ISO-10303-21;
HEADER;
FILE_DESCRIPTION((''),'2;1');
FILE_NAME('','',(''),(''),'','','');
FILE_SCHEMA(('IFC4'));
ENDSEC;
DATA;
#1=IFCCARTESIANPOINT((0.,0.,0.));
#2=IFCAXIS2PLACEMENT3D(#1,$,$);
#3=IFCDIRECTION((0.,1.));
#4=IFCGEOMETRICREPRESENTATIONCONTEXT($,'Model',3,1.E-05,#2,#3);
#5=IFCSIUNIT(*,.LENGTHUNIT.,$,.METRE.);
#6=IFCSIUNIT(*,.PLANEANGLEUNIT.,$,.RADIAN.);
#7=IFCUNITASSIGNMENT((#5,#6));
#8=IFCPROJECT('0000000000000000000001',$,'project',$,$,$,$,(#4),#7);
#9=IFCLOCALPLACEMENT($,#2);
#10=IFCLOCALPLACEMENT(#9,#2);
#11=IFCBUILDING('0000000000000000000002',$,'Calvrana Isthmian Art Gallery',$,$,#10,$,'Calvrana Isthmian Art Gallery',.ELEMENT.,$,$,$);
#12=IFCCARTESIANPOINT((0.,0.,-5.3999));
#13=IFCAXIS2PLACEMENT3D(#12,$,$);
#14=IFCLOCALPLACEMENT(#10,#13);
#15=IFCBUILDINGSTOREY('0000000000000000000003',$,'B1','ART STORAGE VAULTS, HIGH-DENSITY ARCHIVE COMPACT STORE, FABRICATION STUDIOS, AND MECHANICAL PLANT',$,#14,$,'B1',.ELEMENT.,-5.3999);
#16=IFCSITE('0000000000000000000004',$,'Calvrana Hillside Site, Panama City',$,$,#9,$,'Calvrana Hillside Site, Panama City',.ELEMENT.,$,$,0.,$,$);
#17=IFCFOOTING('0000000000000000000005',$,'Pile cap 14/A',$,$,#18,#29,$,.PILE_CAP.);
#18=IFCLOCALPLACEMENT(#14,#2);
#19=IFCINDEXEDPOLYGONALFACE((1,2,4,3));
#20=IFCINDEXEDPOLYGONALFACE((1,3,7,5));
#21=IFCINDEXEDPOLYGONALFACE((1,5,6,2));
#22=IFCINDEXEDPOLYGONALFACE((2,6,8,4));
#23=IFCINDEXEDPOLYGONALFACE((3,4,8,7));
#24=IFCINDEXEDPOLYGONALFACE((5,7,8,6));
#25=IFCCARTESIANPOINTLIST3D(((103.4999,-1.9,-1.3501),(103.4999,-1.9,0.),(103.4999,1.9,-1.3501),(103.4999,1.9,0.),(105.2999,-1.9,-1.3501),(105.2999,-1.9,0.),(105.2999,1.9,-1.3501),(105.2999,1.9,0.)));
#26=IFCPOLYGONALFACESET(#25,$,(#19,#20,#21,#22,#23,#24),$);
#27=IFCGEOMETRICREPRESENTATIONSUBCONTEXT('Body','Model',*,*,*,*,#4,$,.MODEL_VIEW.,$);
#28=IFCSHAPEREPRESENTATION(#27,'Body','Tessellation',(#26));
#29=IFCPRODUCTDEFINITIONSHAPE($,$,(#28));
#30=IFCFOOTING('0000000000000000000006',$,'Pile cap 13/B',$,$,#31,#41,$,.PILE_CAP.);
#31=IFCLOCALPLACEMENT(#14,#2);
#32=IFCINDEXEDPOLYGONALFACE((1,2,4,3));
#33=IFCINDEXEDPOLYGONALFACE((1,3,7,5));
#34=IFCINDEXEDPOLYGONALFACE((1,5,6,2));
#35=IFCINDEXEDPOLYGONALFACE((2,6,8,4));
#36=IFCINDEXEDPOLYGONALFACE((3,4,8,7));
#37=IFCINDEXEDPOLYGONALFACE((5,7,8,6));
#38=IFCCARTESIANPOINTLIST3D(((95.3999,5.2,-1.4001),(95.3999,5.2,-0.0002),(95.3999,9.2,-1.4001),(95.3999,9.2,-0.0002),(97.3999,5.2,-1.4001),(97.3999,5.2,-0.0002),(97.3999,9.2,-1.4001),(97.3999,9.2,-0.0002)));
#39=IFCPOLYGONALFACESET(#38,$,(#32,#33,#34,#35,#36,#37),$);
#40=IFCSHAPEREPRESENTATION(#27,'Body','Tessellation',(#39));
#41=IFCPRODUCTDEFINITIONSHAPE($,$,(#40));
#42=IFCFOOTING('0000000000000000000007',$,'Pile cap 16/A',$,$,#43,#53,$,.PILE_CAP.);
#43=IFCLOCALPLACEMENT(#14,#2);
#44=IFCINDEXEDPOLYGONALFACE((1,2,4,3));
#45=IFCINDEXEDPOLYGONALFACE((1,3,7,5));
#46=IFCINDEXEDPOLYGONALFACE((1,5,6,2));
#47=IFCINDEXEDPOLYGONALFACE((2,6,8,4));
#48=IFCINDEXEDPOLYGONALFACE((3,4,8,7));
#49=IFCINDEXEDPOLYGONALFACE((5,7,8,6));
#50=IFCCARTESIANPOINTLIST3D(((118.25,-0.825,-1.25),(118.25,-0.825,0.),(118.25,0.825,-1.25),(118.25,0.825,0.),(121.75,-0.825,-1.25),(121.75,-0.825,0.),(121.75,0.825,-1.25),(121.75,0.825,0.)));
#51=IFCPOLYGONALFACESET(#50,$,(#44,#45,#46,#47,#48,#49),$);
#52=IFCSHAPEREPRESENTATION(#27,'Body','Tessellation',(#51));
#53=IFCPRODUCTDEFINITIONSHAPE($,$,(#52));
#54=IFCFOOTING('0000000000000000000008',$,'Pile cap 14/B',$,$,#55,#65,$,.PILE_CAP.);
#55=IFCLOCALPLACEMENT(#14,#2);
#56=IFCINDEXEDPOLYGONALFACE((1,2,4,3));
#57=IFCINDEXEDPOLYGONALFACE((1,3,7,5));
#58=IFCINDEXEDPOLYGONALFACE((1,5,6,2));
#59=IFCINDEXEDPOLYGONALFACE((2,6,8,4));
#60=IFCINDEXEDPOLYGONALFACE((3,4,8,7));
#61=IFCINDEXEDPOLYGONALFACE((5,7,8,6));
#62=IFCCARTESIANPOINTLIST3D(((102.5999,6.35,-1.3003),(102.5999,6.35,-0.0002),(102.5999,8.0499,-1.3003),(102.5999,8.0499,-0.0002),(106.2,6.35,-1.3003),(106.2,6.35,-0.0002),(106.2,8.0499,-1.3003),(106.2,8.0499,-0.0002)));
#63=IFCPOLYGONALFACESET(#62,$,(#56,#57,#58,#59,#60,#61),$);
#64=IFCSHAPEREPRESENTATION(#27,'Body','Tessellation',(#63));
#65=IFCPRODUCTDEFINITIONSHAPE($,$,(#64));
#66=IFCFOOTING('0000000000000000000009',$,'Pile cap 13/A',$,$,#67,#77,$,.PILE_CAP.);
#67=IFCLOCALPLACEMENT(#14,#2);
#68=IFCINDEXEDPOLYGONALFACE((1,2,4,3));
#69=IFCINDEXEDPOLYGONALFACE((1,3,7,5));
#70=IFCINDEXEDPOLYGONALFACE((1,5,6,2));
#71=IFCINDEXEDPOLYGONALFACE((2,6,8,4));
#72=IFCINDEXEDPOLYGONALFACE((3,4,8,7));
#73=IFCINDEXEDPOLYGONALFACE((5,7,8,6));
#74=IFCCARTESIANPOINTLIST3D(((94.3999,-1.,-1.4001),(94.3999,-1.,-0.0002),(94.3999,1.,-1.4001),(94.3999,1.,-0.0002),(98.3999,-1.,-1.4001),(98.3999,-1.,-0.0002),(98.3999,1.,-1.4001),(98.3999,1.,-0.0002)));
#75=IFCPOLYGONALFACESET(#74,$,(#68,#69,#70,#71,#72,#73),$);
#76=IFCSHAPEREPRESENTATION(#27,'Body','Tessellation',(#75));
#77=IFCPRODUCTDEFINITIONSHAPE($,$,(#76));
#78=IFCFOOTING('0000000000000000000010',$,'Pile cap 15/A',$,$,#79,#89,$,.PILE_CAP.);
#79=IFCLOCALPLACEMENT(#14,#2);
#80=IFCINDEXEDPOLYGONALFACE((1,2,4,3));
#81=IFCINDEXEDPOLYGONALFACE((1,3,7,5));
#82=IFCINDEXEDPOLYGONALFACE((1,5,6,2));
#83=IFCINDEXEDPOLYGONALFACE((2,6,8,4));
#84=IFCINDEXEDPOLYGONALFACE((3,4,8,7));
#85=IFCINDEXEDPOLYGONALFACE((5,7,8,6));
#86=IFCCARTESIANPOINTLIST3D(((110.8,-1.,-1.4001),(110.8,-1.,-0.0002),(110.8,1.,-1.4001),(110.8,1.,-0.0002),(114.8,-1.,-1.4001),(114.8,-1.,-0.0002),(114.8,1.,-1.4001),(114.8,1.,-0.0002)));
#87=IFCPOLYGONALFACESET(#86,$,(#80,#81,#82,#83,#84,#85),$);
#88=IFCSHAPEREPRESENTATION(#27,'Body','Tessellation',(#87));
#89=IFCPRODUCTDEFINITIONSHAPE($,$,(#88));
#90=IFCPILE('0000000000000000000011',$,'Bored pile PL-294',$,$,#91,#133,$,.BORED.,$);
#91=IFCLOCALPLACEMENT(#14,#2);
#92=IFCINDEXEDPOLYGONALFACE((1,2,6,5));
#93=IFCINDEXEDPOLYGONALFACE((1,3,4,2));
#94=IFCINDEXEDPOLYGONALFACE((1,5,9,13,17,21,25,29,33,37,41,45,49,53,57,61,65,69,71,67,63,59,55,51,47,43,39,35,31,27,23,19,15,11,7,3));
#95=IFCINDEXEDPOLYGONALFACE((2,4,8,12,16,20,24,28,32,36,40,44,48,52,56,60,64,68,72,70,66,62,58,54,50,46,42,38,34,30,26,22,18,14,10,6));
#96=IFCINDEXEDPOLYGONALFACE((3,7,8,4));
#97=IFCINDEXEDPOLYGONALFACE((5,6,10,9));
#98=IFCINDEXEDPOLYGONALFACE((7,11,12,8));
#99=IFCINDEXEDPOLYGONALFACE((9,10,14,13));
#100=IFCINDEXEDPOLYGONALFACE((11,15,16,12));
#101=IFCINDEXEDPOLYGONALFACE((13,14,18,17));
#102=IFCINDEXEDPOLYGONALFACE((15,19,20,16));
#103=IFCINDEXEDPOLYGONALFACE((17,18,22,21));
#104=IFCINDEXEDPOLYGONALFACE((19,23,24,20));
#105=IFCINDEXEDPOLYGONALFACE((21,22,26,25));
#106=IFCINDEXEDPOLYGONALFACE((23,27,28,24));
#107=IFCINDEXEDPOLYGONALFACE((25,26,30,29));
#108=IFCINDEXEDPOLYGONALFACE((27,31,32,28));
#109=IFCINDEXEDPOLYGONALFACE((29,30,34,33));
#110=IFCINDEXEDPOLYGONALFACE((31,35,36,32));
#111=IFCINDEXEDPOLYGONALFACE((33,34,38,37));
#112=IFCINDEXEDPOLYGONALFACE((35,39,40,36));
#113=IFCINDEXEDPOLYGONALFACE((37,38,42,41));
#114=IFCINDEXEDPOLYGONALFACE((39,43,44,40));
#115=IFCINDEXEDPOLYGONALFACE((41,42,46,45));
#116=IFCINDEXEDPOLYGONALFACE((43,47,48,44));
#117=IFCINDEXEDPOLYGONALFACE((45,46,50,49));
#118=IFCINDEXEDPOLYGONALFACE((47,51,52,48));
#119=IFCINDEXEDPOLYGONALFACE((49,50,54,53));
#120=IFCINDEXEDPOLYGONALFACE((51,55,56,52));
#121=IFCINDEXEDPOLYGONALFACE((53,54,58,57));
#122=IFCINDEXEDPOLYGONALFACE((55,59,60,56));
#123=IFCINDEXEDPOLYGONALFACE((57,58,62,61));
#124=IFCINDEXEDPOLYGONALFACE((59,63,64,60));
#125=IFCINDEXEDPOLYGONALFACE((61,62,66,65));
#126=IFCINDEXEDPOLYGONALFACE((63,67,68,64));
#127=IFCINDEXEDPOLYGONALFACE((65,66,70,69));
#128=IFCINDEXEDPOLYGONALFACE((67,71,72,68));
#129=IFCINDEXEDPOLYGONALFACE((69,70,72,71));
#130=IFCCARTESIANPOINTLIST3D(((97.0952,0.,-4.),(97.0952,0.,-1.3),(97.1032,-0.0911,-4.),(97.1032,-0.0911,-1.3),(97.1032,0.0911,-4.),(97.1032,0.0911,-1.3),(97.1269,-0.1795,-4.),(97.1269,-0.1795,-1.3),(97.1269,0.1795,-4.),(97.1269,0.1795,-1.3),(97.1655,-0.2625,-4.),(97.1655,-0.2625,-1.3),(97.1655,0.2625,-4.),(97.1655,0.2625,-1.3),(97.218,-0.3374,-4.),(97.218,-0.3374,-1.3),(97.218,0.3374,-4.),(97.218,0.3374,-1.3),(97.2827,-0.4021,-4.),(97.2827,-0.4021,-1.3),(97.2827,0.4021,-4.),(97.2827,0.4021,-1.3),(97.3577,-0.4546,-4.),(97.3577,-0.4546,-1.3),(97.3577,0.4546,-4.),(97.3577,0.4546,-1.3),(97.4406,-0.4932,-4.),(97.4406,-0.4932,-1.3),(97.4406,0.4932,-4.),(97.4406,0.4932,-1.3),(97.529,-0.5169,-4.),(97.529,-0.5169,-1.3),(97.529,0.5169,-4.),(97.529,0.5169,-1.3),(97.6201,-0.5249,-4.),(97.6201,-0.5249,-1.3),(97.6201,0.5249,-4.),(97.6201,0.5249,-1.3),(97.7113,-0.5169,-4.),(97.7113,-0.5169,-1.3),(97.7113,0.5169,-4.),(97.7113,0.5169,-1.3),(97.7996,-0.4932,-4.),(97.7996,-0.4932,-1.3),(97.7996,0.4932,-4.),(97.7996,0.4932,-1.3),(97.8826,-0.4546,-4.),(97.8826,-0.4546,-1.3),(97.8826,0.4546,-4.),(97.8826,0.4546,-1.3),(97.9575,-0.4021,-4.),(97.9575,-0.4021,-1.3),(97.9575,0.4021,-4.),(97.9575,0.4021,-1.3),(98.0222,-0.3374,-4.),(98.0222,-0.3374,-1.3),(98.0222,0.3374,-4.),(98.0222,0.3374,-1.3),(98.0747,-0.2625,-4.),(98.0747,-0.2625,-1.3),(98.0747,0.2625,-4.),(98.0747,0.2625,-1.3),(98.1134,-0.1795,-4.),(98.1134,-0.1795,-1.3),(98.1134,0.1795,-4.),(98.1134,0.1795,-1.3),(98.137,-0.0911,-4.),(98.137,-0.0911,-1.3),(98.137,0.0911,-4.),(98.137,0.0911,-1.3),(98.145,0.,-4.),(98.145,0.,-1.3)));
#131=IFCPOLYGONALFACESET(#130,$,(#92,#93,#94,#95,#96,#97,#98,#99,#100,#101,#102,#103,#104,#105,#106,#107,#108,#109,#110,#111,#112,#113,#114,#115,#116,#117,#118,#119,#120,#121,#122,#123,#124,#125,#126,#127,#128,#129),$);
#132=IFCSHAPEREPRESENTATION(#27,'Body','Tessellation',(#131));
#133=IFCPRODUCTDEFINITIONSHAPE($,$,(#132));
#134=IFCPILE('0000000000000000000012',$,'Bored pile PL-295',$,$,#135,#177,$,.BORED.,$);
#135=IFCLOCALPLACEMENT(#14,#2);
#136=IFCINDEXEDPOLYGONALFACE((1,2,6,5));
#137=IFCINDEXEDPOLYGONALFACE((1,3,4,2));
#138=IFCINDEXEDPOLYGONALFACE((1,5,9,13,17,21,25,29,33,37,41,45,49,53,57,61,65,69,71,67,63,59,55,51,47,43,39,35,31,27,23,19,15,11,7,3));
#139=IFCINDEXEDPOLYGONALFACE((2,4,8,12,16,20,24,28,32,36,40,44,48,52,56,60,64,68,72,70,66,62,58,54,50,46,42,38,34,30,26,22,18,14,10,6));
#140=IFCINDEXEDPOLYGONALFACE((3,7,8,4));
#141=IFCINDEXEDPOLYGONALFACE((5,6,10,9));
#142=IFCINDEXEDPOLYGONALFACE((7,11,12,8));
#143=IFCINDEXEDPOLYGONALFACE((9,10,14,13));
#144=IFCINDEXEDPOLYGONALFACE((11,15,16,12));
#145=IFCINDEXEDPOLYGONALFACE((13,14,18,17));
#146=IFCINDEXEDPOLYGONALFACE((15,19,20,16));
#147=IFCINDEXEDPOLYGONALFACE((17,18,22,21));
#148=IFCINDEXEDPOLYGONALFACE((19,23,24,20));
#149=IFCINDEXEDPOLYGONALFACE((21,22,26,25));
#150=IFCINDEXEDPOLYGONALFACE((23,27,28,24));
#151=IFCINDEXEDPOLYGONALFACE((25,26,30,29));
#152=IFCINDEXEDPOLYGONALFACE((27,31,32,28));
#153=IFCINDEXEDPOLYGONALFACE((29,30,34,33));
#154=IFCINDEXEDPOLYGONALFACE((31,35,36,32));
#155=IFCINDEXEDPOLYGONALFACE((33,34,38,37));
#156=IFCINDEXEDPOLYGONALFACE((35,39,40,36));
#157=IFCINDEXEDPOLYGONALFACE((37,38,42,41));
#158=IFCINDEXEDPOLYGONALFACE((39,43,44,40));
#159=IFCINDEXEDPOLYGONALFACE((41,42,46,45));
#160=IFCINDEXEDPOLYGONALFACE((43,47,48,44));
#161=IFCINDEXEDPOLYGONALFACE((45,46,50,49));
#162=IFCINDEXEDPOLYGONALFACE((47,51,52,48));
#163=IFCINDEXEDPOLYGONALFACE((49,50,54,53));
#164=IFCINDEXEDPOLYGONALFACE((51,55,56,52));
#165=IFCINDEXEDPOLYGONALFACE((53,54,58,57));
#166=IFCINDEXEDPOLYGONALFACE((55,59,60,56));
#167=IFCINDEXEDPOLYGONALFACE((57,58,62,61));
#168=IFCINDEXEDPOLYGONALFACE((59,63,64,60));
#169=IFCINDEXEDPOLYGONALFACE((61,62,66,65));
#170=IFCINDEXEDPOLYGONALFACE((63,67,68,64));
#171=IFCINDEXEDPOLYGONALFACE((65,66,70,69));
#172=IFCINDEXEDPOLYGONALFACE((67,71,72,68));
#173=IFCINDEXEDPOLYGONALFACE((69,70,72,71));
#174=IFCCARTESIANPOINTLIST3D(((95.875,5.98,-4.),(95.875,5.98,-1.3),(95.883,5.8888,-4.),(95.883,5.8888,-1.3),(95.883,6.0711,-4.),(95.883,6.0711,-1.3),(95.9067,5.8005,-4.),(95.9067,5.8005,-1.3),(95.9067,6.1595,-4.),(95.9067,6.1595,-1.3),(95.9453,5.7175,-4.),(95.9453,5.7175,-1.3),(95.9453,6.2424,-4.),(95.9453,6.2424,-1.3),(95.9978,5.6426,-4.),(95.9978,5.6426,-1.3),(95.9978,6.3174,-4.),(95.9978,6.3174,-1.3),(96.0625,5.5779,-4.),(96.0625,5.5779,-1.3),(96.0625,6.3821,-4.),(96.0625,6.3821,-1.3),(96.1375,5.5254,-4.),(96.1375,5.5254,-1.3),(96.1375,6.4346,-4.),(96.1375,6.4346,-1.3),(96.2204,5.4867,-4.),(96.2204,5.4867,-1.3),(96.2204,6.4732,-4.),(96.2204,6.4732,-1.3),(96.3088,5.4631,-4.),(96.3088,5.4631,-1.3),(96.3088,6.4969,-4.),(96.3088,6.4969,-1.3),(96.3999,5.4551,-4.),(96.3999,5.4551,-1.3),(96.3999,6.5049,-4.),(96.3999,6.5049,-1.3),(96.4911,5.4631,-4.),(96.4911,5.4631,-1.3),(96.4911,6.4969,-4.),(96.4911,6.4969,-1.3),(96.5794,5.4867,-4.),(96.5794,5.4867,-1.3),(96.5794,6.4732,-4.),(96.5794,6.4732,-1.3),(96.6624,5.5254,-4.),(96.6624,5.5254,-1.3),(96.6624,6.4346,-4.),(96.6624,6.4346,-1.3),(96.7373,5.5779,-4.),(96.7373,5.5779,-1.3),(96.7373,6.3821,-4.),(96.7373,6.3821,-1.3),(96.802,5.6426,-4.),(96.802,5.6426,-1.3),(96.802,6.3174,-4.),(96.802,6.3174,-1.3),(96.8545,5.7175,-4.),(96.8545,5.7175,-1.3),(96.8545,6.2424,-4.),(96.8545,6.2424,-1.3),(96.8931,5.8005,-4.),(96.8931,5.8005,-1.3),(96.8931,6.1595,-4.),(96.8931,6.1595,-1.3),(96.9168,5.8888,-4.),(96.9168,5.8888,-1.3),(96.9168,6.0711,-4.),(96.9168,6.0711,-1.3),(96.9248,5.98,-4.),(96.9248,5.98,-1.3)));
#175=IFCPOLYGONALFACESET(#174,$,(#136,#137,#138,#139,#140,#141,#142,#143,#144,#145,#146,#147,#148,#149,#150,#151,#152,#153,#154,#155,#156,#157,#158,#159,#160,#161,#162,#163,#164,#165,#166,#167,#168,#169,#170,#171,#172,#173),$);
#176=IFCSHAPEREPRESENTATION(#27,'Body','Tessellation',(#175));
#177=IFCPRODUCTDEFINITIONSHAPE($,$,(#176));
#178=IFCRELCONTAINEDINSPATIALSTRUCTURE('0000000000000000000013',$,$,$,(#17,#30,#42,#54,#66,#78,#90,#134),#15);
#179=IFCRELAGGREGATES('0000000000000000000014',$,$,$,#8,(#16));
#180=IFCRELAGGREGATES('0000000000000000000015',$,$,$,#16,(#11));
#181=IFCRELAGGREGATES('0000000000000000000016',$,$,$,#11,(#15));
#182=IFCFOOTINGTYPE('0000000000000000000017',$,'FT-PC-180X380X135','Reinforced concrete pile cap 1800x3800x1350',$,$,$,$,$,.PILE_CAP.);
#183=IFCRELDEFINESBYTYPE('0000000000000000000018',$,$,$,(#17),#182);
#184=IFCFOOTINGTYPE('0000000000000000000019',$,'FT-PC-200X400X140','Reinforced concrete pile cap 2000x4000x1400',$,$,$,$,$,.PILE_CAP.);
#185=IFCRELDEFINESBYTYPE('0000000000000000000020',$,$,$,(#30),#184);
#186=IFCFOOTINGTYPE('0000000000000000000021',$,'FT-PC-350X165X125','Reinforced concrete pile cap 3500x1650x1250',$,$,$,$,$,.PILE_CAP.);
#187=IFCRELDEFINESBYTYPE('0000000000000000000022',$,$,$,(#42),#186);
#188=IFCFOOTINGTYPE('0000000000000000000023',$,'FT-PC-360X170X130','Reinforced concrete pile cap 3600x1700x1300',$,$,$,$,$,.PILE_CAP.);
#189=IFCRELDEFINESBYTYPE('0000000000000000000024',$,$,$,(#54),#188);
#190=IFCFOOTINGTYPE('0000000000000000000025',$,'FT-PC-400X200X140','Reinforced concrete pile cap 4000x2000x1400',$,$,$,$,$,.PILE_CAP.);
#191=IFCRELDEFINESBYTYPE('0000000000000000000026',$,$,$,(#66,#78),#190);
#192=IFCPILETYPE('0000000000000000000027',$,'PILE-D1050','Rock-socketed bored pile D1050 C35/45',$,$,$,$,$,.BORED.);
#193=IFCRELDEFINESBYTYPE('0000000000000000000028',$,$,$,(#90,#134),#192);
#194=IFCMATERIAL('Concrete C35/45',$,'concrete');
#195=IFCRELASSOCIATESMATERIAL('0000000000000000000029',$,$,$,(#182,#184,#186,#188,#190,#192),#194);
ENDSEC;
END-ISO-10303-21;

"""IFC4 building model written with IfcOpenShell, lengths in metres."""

from ifc_helpers import new_model, si_unit, direction, frame, origin, origin_2d, place, context, subcontext, project, spatial, rectangle, circle, extrude, material, material_profile, profile_set, type_object, element, save


model = new_model("IFC4")

# Units and contexts
model_context = context("Model", 3, precision=1e-05, world=origin(), true_north=direction((0.0, 1.0)))
body_context = subcontext(model_context, "Body", "Model", "MODEL_VIEW")
ifc_project = project(units=[si_unit("LENGTHUNIT", "METRE"), si_unit("PLANEANGLEUNIT", "RADIAN")], contexts=[model_context])

# Site, building, storey
site_placement = place(None, origin())
site = spatial("IfcSite", under=ifc_project, at=site_placement, Name="Calvrana Hillside Site, Panama City", LongName="Calvrana Hillside Site, Panama City", CompositionType="ELEMENT", RefElevation=0.0)
building_placement = place(site_placement, origin())
building = spatial("IfcBuilding", under=site, at=building_placement, Name="Calvrana Isthmian Art Gallery", LongName="Calvrana Isthmian Art Gallery", CompositionType="ELEMENT")
storey_placement = place(building_placement, frame((0.0, 0.0, -5.3999)))
storey = spatial("IfcBuildingStorey", under=building, at=storey_placement, Name="B1", Description="ART STORAGE VAULTS, HIGH-DENSITY ARCHIVE COMPACT STORE, FABRICATION STUDIOS, AND MECHANICAL PLANT", LongName="B1", CompositionType="ELEMENT", Elevation=-5.3999)

# Footings
ifc_material_1 = material(Name="Concrete C35/45", Category="concrete")
footing_type_1 = type_object("IfcFootingType", Name="FT-PC-180X380X135", Description="Reinforced concrete pile cap 1800x3800x1350", PredefinedType="PILE_CAP", material=ifc_material_1)
footing_1_placement = place(storey_placement, frame((104.3999, 0.0, -1.3501), z_axis=(0.0, 0.0, 1.0), x_axis=(1.0, 0.0, 0.0)))
element("IfcFooting", 1, at=footing_1_placement, inside=storey, type_object=footing_type_1, Name="Pile cap 14/A", PredefinedType="PILE_CAP", context=body_context, shape_type="SweptSolid", body=[
    extrude(rectangle(XDim=1.8, YDim=3.8, at=origin_2d()), origin(), (0.0, 0.0, 1.0), 1.3501),
])
footing_type_2 = type_object("IfcFootingType", Name="FT-PC-200X400X140", Description="Reinforced concrete pile cap 2000x4000x1400", PredefinedType="PILE_CAP", material=ifc_material_1)
footing_2_placement = place(storey_placement, frame((96.3999, 7.2, -1.4001), z_axis=(0.0, 0.0, 1.0), x_axis=(1.0, 0.0, 0.0)))
element("IfcFooting", 2, at=footing_2_placement, inside=storey, type_object=footing_type_2, Name="Pile cap 13/B", PredefinedType="PILE_CAP", context=body_context, shape_type="SweptSolid", body=[
    extrude(rectangle(XDim=2.0, YDim=4.0, at=origin_2d()), origin(), (0.0, 0.0, 1.0), 1.3999),
])
footing_type_3 = type_object("IfcFootingType", Name="FT-PC-350X165X125", Description="Reinforced concrete pile cap 3500x1650x1250", PredefinedType="PILE_CAP", material=ifc_material_1)
footing_3_placement = place(storey_placement, frame((120.0, 0.0, -1.25), z_axis=(0.0, 0.0, 1.0), x_axis=(1.0, 0.0, 0.0)))
element("IfcFooting", 3, at=footing_3_placement, inside=storey, type_object=footing_type_3, Name="Pile cap 16/A", PredefinedType="PILE_CAP", context=body_context, shape_type="SweptSolid", body=[
    extrude(rectangle(XDim=3.5, YDim=1.6499, at=origin_2d()), origin(), (0.0, 0.0, 1.0), 1.25),
])
footing_type_4 = type_object("IfcFootingType", Name="FT-PC-360X170X130", Description="Reinforced concrete pile cap 3600x1700x1300", PredefinedType="PILE_CAP", material=ifc_material_1)
footing_4_placement = place(storey_placement, frame((104.3999, 7.2, -1.3003), z_axis=(0.0, 0.0, 1.0), x_axis=(1.0, 0.0, 0.0)))
element("IfcFooting", 4, at=footing_4_placement, inside=storey, type_object=footing_type_4, Name="Pile cap 14/B", PredefinedType="PILE_CAP", context=body_context, shape_type="SweptSolid", body=[
    extrude(rectangle(XDim=3.6001, YDim=1.7, at=origin_2d()), origin(), (0.0, 0.0, 1.0), 1.3),
])
footing_type_5 = type_object("IfcFootingType", Name="FT-PC-400X200X140", Description="Reinforced concrete pile cap 4000x2000x1400", PredefinedType="PILE_CAP", material=ifc_material_1)
for number, where, z_axis, x_axis, name in (
    (5, (96.3999, 0.0, -1.4001), (0.0, 0.0, 1.0), (1.0, 0.0, 0.0), "Pile cap 13/A"),
    (6, (112.8, 0.0, -1.4001), (0.0, 0.0, 1.0), (1.0, 0.0, 0.0), "Pile cap 15/A"),
):
    element("IfcFooting", number, at=place(storey_placement, frame(where, z_axis=z_axis, x_axis=x_axis)), inside=storey, type_object=footing_type_5, Name=name, PredefinedType="PILE_CAP", context=body_context, shape_type="SweptSolid", body=[
        extrude(rectangle(XDim=4.0, YDim=2.0, at=origin_2d()), origin(), (0.0, 0.0, 1.0), 1.3999),
    ])

# Piles
ifc_material_profile_1 = material_profile(ifc_material_1, circle(Radius=0.5249, at=origin_2d()), Name="PILE1050D")
ifc_profile_set_1 = profile_set([ifc_material_profile_1], Name="Concrete C35/45")
pile_type_1 = type_object("IfcPileType", Name="PILE-D1050", Description="Rock-socketed bored pile D1050 C35/45", PredefinedType="BORED", material=ifc_profile_set_1)
for number, where, z_axis, x_axis, name in (
    (7, (97.6201, 0.0, -1.3), (0.0, 0.0, -1.0), (1.0, 0.0, 0.0), "Bored pile PL-294"),
    (8, (96.3999, 5.98, -1.3), (0.0, 0.0, -1.0), (1.0, 0.0, 0.0), "Bored pile PL-295"),
):
    element("IfcPile", number, at=place(storey_placement, frame(where, z_axis=z_axis, x_axis=x_axis)), inside=storey, type_object=pile_type_1, Name=name, PredefinedType="BORED", context=body_context, shape_type="SweptSolid", body=[
        extrude(circle(Radius=0.5249, at=origin_2d()), origin(), (0.0, 0.0, 1.0), 2.7),
    ])

save(model, "model.ifc")
